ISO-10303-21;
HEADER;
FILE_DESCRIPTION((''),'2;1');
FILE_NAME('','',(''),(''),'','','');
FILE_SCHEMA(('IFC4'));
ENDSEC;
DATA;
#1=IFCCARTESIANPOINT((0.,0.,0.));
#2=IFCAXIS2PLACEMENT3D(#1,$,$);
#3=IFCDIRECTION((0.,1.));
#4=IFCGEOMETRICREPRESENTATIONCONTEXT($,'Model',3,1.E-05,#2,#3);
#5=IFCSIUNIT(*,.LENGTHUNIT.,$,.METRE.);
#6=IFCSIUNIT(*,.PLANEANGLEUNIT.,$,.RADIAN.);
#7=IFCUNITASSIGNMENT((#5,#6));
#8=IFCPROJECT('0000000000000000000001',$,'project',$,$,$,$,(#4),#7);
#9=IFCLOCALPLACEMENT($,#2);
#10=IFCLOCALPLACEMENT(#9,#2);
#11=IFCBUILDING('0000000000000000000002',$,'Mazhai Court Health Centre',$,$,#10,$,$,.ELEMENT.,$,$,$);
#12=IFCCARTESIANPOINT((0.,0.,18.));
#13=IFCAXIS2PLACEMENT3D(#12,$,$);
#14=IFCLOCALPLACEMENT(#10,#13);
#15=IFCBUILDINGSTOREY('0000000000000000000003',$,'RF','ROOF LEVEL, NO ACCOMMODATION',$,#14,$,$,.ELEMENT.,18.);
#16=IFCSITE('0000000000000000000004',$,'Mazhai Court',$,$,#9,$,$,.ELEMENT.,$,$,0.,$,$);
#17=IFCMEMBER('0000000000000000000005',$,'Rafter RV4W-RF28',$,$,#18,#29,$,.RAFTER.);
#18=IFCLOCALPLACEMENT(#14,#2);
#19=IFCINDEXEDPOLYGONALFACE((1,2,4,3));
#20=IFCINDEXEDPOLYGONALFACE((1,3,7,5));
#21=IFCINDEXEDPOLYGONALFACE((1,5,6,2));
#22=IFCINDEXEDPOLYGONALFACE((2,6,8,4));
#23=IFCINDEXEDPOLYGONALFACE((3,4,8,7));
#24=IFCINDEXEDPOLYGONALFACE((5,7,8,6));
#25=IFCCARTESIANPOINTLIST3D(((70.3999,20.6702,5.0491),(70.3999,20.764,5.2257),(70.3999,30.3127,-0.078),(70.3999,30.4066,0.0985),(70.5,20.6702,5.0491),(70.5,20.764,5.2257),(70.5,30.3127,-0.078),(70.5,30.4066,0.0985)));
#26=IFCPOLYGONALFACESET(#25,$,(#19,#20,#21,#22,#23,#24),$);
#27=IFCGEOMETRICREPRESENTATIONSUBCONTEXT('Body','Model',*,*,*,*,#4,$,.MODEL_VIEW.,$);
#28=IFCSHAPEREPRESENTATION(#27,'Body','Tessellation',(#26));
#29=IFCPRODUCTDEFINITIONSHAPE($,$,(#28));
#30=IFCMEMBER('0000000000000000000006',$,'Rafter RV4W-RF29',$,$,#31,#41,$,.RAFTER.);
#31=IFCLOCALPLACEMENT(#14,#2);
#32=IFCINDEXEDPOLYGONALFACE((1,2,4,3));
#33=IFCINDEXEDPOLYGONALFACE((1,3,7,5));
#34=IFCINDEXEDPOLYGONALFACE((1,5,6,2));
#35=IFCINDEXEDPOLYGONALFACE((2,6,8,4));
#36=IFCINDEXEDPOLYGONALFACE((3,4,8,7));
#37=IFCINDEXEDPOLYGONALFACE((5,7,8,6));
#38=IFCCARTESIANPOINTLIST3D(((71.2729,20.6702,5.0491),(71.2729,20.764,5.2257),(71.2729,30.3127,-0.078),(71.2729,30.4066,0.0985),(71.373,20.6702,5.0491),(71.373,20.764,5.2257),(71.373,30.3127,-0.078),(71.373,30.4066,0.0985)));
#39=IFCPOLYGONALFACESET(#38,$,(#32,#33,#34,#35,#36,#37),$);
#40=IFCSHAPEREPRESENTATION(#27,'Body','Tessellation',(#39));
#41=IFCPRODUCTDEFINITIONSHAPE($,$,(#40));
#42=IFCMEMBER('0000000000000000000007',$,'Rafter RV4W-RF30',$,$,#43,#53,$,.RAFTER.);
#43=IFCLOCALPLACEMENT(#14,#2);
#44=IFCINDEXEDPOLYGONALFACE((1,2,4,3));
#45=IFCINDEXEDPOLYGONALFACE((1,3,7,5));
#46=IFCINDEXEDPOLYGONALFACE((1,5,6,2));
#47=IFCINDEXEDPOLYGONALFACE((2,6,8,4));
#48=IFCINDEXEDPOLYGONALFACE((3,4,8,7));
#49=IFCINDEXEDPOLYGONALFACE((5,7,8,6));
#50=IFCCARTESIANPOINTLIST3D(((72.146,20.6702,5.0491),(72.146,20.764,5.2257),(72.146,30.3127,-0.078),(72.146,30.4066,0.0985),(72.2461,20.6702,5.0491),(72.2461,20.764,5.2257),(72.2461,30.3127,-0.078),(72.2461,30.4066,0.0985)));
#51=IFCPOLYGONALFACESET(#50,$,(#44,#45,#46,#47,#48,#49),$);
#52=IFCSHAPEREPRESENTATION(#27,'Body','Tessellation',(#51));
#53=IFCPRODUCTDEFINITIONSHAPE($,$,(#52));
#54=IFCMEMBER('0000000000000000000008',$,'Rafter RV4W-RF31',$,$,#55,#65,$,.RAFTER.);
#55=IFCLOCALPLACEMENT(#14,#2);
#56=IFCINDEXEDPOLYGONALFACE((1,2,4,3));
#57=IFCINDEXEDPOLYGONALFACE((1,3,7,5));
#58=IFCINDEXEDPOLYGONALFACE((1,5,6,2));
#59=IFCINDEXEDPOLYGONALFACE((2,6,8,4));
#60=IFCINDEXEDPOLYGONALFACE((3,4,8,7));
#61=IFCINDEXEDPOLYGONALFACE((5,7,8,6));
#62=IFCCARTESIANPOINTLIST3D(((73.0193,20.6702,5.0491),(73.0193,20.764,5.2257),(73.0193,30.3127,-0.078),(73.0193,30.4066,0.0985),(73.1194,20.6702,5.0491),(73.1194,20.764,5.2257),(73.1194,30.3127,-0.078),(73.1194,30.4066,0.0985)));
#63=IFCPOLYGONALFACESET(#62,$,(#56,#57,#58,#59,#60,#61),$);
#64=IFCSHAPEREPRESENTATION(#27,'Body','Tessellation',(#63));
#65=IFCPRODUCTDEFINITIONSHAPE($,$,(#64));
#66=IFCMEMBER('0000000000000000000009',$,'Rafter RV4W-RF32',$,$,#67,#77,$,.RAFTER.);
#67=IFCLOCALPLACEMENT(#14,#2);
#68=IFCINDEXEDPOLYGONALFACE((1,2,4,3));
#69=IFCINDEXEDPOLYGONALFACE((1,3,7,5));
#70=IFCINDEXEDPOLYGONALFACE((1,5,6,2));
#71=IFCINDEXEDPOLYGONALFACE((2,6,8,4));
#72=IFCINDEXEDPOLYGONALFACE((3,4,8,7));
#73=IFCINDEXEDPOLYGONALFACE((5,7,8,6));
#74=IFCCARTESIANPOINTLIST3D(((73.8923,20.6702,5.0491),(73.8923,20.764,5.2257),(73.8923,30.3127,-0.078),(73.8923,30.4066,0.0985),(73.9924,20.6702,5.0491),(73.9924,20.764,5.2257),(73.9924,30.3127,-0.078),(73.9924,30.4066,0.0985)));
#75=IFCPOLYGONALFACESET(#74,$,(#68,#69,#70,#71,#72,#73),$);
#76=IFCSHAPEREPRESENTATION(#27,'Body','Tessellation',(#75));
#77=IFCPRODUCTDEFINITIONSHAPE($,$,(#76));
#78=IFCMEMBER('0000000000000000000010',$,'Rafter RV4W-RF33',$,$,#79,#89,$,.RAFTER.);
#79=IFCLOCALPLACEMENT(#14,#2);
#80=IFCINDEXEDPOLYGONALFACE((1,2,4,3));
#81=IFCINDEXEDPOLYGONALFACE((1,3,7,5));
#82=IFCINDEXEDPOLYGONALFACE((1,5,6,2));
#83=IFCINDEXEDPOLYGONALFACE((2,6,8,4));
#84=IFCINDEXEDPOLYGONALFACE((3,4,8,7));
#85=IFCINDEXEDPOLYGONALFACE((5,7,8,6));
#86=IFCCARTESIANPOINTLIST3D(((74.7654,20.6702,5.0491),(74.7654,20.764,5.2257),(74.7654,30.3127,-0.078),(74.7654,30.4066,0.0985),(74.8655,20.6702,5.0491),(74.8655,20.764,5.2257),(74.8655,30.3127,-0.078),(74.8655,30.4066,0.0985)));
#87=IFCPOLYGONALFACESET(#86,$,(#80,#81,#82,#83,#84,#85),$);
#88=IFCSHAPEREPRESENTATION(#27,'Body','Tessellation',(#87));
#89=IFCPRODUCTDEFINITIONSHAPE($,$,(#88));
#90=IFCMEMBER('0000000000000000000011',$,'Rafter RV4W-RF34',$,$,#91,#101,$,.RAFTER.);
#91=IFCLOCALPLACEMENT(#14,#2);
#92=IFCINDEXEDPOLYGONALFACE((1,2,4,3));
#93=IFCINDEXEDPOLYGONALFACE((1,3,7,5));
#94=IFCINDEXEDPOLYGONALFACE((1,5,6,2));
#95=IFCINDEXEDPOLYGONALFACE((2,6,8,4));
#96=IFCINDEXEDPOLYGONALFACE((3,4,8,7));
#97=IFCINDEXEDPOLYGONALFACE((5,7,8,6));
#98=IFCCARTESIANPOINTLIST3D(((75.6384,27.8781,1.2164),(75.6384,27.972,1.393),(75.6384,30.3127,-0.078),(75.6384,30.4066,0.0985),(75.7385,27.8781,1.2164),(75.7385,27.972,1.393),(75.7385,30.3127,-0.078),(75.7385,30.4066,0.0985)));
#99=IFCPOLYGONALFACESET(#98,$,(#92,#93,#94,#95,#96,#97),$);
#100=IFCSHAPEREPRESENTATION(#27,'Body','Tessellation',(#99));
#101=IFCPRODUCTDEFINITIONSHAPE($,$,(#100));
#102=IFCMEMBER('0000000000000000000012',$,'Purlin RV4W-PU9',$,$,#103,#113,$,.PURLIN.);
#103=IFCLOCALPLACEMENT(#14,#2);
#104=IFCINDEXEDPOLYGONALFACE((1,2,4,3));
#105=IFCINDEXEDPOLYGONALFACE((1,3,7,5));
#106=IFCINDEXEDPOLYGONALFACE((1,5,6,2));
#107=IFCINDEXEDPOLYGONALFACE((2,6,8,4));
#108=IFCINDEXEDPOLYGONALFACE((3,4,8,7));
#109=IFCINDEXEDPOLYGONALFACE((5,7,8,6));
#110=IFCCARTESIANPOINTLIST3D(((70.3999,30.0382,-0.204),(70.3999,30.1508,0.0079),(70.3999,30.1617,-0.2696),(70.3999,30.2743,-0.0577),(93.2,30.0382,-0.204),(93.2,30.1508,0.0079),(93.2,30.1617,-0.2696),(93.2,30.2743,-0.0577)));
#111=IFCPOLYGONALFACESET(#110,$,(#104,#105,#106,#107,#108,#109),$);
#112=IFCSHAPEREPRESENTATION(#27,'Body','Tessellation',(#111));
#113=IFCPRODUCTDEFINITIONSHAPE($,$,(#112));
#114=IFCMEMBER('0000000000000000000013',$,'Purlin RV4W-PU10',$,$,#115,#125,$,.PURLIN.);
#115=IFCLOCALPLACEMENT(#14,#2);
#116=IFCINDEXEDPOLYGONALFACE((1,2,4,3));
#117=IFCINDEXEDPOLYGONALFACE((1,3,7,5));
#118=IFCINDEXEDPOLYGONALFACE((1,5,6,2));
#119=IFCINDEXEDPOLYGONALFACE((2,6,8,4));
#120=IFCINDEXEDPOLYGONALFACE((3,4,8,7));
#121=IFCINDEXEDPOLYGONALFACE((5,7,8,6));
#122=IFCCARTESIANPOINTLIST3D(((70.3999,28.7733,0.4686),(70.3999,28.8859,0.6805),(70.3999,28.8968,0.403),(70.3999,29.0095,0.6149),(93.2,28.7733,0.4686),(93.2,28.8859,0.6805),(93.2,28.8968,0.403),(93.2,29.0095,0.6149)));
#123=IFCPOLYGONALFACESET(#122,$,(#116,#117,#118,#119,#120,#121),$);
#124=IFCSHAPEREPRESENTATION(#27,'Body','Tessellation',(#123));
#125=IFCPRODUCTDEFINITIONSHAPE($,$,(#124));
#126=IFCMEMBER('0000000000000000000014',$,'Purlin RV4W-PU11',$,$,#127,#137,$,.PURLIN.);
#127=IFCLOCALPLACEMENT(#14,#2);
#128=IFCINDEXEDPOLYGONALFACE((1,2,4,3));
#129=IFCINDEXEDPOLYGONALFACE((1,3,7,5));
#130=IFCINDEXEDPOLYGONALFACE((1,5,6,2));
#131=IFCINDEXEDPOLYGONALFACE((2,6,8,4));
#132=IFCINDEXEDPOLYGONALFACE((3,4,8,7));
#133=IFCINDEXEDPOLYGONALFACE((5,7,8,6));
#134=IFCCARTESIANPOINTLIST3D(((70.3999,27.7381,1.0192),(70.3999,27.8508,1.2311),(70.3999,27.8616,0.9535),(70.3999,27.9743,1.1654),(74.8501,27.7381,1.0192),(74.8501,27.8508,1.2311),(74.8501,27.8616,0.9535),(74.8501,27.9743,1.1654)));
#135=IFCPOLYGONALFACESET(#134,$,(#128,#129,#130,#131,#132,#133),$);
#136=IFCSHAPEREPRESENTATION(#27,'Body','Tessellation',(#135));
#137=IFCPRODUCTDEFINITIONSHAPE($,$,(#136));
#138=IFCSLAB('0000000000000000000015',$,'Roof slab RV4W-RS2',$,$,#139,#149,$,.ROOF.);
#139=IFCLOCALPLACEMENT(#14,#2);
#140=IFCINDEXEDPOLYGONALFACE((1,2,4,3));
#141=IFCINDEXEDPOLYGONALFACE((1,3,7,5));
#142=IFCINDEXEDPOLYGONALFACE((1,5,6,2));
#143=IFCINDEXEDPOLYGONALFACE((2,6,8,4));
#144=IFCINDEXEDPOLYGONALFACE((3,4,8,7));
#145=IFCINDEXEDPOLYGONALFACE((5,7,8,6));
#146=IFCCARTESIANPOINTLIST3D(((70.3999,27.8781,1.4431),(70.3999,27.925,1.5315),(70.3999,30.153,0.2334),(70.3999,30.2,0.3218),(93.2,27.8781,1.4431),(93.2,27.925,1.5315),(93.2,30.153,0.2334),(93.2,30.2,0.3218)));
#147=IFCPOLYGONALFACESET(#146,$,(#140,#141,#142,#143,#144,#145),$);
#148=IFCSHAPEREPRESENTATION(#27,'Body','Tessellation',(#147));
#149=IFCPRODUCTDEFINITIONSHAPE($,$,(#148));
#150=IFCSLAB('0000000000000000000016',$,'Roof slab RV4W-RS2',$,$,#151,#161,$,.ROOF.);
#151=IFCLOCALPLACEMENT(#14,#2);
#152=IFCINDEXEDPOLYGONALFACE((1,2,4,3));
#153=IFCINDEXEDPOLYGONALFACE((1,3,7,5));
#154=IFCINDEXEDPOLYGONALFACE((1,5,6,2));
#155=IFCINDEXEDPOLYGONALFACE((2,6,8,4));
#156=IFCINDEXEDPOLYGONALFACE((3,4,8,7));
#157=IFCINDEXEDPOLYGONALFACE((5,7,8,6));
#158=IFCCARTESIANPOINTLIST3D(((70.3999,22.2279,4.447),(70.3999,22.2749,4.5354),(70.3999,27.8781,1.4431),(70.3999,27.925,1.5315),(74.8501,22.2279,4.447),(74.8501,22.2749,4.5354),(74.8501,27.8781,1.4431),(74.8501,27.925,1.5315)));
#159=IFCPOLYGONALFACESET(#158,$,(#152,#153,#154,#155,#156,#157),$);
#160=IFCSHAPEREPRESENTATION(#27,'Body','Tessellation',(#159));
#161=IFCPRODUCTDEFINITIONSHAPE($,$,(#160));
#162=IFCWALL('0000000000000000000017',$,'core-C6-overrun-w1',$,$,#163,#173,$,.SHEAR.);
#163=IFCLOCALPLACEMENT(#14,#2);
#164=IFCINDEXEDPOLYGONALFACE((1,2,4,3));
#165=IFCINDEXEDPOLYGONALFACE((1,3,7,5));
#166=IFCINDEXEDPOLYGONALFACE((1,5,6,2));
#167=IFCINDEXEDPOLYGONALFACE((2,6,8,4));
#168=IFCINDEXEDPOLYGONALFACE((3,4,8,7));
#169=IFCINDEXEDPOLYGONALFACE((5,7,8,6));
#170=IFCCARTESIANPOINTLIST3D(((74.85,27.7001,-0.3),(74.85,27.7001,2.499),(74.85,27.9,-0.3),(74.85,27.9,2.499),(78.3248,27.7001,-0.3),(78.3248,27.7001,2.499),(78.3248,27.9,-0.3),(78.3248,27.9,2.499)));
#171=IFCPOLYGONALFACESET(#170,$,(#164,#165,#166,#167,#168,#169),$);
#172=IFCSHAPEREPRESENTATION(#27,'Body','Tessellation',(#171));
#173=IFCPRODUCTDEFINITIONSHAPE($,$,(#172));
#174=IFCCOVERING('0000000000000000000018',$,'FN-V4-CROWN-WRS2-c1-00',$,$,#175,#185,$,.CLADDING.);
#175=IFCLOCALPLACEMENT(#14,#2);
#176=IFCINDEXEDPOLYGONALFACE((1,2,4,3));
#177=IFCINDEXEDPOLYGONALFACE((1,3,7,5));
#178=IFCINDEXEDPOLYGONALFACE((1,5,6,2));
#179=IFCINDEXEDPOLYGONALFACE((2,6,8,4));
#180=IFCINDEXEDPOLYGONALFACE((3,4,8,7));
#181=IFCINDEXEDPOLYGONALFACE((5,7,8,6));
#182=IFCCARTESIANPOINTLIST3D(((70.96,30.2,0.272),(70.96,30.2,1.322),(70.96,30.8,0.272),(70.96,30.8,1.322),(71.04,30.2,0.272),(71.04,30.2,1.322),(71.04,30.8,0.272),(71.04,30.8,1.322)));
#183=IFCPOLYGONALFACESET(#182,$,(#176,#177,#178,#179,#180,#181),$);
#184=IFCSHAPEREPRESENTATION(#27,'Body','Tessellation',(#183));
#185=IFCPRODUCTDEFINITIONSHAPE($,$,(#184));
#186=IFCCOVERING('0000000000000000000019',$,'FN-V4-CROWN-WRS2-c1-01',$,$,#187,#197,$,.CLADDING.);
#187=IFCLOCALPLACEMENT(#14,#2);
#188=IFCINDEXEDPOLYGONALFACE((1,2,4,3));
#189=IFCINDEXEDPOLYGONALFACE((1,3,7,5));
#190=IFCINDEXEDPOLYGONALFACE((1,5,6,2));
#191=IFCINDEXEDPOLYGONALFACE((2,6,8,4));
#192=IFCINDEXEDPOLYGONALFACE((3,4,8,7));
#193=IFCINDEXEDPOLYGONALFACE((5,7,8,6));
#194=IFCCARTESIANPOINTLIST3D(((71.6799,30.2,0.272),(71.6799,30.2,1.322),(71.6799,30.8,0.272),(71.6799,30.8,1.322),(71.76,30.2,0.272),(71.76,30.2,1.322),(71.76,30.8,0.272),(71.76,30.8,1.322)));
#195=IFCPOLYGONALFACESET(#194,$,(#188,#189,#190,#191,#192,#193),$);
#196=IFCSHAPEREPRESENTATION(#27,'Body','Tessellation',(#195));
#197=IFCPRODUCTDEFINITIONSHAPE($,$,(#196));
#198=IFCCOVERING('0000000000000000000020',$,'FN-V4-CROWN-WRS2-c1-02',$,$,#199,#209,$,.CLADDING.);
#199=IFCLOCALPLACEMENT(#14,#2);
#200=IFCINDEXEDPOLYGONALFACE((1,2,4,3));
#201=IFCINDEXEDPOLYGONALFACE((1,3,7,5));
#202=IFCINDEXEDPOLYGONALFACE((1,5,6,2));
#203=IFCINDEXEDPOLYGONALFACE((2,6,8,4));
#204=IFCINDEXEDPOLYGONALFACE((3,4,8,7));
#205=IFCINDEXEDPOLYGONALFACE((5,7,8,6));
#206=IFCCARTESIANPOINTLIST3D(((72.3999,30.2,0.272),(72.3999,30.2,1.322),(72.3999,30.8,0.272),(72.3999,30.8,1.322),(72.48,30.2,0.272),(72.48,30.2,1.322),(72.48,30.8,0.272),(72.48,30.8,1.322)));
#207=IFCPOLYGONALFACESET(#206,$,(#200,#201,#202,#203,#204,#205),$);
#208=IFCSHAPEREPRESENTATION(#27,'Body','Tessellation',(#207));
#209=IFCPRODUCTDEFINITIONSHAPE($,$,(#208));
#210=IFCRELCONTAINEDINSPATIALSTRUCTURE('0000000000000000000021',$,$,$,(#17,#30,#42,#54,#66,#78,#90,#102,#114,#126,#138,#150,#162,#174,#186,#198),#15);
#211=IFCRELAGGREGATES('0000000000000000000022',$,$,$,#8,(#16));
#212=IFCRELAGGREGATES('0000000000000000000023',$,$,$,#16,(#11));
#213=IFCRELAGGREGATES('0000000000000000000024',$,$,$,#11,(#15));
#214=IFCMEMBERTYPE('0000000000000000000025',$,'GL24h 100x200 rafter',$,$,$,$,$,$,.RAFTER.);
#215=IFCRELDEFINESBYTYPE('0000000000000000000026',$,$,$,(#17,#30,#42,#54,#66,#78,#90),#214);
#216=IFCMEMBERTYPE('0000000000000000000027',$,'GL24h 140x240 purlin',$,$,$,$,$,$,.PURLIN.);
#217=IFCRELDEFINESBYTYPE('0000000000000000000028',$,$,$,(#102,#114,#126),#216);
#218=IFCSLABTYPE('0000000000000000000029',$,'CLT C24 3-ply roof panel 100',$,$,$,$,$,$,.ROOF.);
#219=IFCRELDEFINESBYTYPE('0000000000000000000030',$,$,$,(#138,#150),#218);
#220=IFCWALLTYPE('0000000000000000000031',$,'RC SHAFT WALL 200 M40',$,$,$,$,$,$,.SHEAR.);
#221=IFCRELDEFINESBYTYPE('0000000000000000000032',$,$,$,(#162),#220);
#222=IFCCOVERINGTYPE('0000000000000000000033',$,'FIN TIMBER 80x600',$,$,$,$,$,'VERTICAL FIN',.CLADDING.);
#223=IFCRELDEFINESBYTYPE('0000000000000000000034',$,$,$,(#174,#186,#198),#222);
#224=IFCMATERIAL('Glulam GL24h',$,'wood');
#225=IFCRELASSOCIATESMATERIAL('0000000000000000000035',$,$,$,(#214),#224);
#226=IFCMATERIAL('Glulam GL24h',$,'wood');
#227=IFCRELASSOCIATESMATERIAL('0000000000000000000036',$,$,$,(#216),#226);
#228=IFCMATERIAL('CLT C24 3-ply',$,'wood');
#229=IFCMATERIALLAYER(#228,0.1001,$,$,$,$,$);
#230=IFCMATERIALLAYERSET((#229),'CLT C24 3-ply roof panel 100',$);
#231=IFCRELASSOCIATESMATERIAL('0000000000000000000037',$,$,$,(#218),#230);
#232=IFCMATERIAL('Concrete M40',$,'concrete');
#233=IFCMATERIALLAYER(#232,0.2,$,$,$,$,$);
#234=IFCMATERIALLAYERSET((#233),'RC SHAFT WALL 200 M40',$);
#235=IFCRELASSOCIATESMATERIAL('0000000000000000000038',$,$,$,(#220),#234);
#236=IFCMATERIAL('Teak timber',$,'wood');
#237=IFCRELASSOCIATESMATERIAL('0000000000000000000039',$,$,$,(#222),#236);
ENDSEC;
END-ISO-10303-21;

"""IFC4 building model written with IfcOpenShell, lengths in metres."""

from ifc_helpers import new_model, si_unit, direction, frame, frame_2d, origin, origin_2d, place, context, subcontext, project, spatial, polyline, rectangle, outline, extrude, material, layer, layer_set, material_profile, profile_set, type_object, element, save


model = new_model("IFC4")

# Units and contexts
model_context = context("Model", 3, precision=1e-05, world=origin(), true_north=direction((0.0, 1.0)))
body_context = subcontext(model_context, "Body", "Model", "MODEL_VIEW")
ifc_project = project(units=[si_unit("LENGTHUNIT", "METRE"), si_unit("PLANEANGLEUNIT", "RADIAN")], contexts=[model_context])

# Site, building, storey
site_placement = place(None, origin())
site = spatial("IfcSite", under=ifc_project, at=site_placement, Name="Mazhai Court", CompositionType="ELEMENT", RefElevation=0.0)
building_placement = place(site_placement, origin())
building = spatial("IfcBuilding", under=site, at=building_placement, Name="Mazhai Court Health Centre", CompositionType="ELEMENT")
storey_placement = place(building_placement, frame((0.0, 0.0, 18.0)))
storey = spatial("IfcBuildingStorey", under=building, at=storey_placement, Name="RF", Description="ROOF LEVEL, NO ACCOMMODATION", CompositionType="ELEMENT", Elevation=18.0)

# Members
ifc_material_1 = material(Name="Glulam GL24h", Category="wood")
ifc_material_profile_1 = material_profile(ifc_material_1, rectangle(XDim=0.1001, YDim=0.2, at=origin_2d()), Name="GL24h 100x200")
ifc_profile_set_1 = profile_set([ifc_material_profile_1], Name="Glulam GL24h")
member_type_1 = type_object("IfcMemberType", Name="GL24h 100x200 rafter", PredefinedType="RAFTER", material=ifc_profile_set_1)
for number, where, z_axis, x_axis, name in (
    (1, (70.45, 30.3596, 0.0103), (0.0, -0.882942, 0.469482), (1.0, 0.0, 0.0), "Rafter RV4W-RF28"),
    (2, (71.323, 30.3596, 0.0103), (0.0, -0.882942, 0.469482), (1.0, 0.0, 0.0), "Rafter RV4W-RF29"),
    (3, (72.196, 30.3596, 0.0103), (0.0, -0.882942, 0.469482), (1.0, 0.0, 0.0), "Rafter RV4W-RF30"),
    (4, (73.0693, 30.3596, 0.0103), (0.0, -0.882942, 0.469482), (1.0, 0.0, 0.0), "Rafter RV4W-RF31"),
    (5, (73.9424, 30.3596, 0.0103), (0.0, -0.882942, 0.469482), (1.0, 0.0, 0.0), "Rafter RV4W-RF32"),
    (6, (74.8154, 30.3596, 0.0103), (0.0, -0.882942, 0.469482), (1.0, 0.0, 0.0), "Rafter RV4W-RF33"),
):
    element("IfcMember", number, at=place(storey_placement, frame(where, z_axis=z_axis, x_axis=x_axis)), inside=storey, type_object=member_type_1, Name=name, PredefinedType="RAFTER", context=body_context, shape_type="SweptSolid", body=[
        extrude(rectangle(XDim=0.1001, YDim=0.2, at=origin_2d()), origin(), (0.0, 0.0, 1.0), 10.9209),
    ])
member_1_placement = place(storey_placement, frame((75.6885, 30.3596, 0.0103), z_axis=(0.0, -0.882955, 0.469457), x_axis=(1.0, 0.0, 0.0)))
element("IfcMember", 7, at=member_1_placement, inside=storey, type_object=member_type_1, Name="Rafter RV4W-RF34", PredefinedType="RAFTER", context=body_context, shape_type="SweptSolid", body=[
    extrude(rectangle(XDim=0.1001, YDim=0.2, at=origin_2d()), origin(), (0.0, 0.0, 1.0), 2.7573),
])
ifc_material_2 = material(Name="Glulam GL24h", Category="wood")
ifc_material_profile_2 = material_profile(ifc_material_2, rectangle(XDim=0.1399, YDim=0.24, at=origin_2d()), Name="GL24h 140x240")
ifc_profile_set_2 = profile_set([ifc_material_profile_2], Name="Glulam GL24h")
member_type_2 = type_object("IfcMemberType", Name="GL24h 140x240 purlin", PredefinedType="PURLIN", material=ifc_profile_set_2)
for number, where, z_axis, x_axis, name in (
    (8, (70.3999, 30.1562, -0.1309), (1.0, 0.0, 0.0), (0.0, 0.882948, -0.469472), "Purlin RV4W-PU9"),
    (9, (70.3999, 28.8914, 0.5417), (1.0, 0.0, 0.0), (0.0, 0.882948, -0.469472), "Purlin RV4W-PU10"),
):
    element("IfcMember", number, at=place(storey_placement, frame(where, z_axis=z_axis, x_axis=x_axis)), inside=storey, type_object=member_type_2, Name=name, PredefinedType="PURLIN", context=body_context, shape_type="SweptSolid", body=[
        extrude(rectangle(XDim=0.1399, YDim=0.24, at=origin_2d()), origin(), (0.0, 0.0, 1.0), 22.8),
    ])
member_2_placement = place(storey_placement, frame((70.3999, 27.8562, 1.0923), z_axis=(1.0, 0.0, 0.0), x_axis=(0.0, 0.882948, -0.469472)))
element("IfcMember", 10, at=member_2_placement, inside=storey, type_object=member_type_2, Name="Purlin RV4W-PU11", PredefinedType="PURLIN", context=body_context, shape_type="SweptSolid", body=[
    extrude(rectangle(XDim=0.1399, YDim=0.24, at=origin_2d()), origin(), (0.0, 0.0, 1.0), 4.4502),
])

# Slabs
ifc_material_3 = material(Name="CLT C24 3-ply", Category="wood")
ifc_layer_1 = layer(ifc_material_3, 0.1001)
ifc_layer_set_1 = layer_set([ifc_layer_1], Name="CLT C24 3-ply roof panel 100")
slab_type = type_object("IfcSlabType", Name="CLT C24 3-ply roof panel 100", PredefinedType="ROOF", material=ifc_layer_set_1)
slab_1_placement = place(storey_placement, frame((70.3999, 30.2, 0.3218), z_axis=(0.0, 0.469511, 0.882927), x_axis=(1.0, 0.0, 0.0)))
element("IfcSlab", 11, at=slab_1_placement, inside=storey, type_object=slab_type, Name="Roof slab RV4W-RS2", PredefinedType="ROOF", context=body_context, shape_type="SweptSolid", body=[
    extrude(outline(polyline([(0.0, 0.0), (22.8, 0.0), (22.8, -2.5765), (0.0, -2.5765), (0.0, 0.0)])), origin(), (0.0, 0.0, -1.0), 0.1001),
])
slab_2_placement = place(storey_placement, frame((70.3999, 27.925, 1.5315), z_axis=(0.0, 0.469431, 0.882969), x_axis=(1.0, 0.0, 0.0)))
element("IfcSlab", 12, at=slab_2_placement, inside=storey, type_object=slab_type, Name="Roof slab RV4W-RS2", PredefinedType="ROOF", context=body_context, shape_type="SweptSolid", body=[
    extrude(outline(polyline([(0.0, 0.0), (4.4502, 0.0), (4.4502, -6.399), (0.0, -6.399), (0.0, 0.0)])), origin(), (0.0, 0.0, -1.0), 0.1001),
])

# Wall
ifc_material_4 = material(Name="Concrete M40", Category="concrete")
ifc_layer_2 = layer(ifc_material_4, 0.2)
ifc_layer_set_2 = layer_set([ifc_layer_2], Name="RC SHAFT WALL 200 M40")
wall_type = type_object("IfcWallType", Name="RC SHAFT WALL 200 M40", PredefinedType="SHEAR", material=ifc_layer_set_2)
wall_placement = place(storey_placement, frame((74.8501, 27.8, -0.3), z_axis=(0.0, 0.0, 1.0), x_axis=(1.0, 0.0, 0.0)))
element("IfcWall", 13, at=wall_placement, inside=storey, type_object=wall_type, Name="core-C6-overrun-w1", PredefinedType="SHEAR", context=body_context, shape_type="SweptSolid", body=[
    extrude(rectangle(XDim=3.4749, YDim=0.2, at=frame_2d((1.7373, 0.0))), origin(), (0.0, 0.0, 1.0), 2.7991),
])

# Coverings
ifc_material_5 = material(Name="Teak timber", Category="wood")
covering_type_1 = type_object("IfcCoveringType", Name="FIN TIMBER 80x600", ElementType="VERTICAL FIN", PredefinedType="CLADDING", material=ifc_material_5)
for number, where, z_axis, x_axis, name in (
    (14, (71.0, 30.5, 0.272), (0.0, 0.0, 1.0), (1.0, 0.0, 0.0), "FN-V4-CROWN-WRS2-c1-00"),
    (15, (71.72, 30.5, 0.272), (0.0, 0.0, 1.0), (1.0, 0.0, 0.0), "FN-V4-CROWN-WRS2-c1-01"),
    (16, (72.4399, 30.5, 0.272), (0.0, 0.0, 1.0), (1.0, 0.0, 0.0), "FN-V4-CROWN-WRS2-c1-02"),
):
    element("IfcCovering", number, at=place(storey_placement, frame(where, z_axis=z_axis, x_axis=x_axis)), inside=storey, type_object=covering_type_1, Name=name, PredefinedType="CLADDING", context=body_context, shape_type="SweptSolid", body=[
        extrude(rectangle(XDim=0.0801, YDim=0.6001, at=origin_2d()), origin(), (0.0, 0.0, 1.0), 1.05),
    ])

save(model, "model.ifc")
